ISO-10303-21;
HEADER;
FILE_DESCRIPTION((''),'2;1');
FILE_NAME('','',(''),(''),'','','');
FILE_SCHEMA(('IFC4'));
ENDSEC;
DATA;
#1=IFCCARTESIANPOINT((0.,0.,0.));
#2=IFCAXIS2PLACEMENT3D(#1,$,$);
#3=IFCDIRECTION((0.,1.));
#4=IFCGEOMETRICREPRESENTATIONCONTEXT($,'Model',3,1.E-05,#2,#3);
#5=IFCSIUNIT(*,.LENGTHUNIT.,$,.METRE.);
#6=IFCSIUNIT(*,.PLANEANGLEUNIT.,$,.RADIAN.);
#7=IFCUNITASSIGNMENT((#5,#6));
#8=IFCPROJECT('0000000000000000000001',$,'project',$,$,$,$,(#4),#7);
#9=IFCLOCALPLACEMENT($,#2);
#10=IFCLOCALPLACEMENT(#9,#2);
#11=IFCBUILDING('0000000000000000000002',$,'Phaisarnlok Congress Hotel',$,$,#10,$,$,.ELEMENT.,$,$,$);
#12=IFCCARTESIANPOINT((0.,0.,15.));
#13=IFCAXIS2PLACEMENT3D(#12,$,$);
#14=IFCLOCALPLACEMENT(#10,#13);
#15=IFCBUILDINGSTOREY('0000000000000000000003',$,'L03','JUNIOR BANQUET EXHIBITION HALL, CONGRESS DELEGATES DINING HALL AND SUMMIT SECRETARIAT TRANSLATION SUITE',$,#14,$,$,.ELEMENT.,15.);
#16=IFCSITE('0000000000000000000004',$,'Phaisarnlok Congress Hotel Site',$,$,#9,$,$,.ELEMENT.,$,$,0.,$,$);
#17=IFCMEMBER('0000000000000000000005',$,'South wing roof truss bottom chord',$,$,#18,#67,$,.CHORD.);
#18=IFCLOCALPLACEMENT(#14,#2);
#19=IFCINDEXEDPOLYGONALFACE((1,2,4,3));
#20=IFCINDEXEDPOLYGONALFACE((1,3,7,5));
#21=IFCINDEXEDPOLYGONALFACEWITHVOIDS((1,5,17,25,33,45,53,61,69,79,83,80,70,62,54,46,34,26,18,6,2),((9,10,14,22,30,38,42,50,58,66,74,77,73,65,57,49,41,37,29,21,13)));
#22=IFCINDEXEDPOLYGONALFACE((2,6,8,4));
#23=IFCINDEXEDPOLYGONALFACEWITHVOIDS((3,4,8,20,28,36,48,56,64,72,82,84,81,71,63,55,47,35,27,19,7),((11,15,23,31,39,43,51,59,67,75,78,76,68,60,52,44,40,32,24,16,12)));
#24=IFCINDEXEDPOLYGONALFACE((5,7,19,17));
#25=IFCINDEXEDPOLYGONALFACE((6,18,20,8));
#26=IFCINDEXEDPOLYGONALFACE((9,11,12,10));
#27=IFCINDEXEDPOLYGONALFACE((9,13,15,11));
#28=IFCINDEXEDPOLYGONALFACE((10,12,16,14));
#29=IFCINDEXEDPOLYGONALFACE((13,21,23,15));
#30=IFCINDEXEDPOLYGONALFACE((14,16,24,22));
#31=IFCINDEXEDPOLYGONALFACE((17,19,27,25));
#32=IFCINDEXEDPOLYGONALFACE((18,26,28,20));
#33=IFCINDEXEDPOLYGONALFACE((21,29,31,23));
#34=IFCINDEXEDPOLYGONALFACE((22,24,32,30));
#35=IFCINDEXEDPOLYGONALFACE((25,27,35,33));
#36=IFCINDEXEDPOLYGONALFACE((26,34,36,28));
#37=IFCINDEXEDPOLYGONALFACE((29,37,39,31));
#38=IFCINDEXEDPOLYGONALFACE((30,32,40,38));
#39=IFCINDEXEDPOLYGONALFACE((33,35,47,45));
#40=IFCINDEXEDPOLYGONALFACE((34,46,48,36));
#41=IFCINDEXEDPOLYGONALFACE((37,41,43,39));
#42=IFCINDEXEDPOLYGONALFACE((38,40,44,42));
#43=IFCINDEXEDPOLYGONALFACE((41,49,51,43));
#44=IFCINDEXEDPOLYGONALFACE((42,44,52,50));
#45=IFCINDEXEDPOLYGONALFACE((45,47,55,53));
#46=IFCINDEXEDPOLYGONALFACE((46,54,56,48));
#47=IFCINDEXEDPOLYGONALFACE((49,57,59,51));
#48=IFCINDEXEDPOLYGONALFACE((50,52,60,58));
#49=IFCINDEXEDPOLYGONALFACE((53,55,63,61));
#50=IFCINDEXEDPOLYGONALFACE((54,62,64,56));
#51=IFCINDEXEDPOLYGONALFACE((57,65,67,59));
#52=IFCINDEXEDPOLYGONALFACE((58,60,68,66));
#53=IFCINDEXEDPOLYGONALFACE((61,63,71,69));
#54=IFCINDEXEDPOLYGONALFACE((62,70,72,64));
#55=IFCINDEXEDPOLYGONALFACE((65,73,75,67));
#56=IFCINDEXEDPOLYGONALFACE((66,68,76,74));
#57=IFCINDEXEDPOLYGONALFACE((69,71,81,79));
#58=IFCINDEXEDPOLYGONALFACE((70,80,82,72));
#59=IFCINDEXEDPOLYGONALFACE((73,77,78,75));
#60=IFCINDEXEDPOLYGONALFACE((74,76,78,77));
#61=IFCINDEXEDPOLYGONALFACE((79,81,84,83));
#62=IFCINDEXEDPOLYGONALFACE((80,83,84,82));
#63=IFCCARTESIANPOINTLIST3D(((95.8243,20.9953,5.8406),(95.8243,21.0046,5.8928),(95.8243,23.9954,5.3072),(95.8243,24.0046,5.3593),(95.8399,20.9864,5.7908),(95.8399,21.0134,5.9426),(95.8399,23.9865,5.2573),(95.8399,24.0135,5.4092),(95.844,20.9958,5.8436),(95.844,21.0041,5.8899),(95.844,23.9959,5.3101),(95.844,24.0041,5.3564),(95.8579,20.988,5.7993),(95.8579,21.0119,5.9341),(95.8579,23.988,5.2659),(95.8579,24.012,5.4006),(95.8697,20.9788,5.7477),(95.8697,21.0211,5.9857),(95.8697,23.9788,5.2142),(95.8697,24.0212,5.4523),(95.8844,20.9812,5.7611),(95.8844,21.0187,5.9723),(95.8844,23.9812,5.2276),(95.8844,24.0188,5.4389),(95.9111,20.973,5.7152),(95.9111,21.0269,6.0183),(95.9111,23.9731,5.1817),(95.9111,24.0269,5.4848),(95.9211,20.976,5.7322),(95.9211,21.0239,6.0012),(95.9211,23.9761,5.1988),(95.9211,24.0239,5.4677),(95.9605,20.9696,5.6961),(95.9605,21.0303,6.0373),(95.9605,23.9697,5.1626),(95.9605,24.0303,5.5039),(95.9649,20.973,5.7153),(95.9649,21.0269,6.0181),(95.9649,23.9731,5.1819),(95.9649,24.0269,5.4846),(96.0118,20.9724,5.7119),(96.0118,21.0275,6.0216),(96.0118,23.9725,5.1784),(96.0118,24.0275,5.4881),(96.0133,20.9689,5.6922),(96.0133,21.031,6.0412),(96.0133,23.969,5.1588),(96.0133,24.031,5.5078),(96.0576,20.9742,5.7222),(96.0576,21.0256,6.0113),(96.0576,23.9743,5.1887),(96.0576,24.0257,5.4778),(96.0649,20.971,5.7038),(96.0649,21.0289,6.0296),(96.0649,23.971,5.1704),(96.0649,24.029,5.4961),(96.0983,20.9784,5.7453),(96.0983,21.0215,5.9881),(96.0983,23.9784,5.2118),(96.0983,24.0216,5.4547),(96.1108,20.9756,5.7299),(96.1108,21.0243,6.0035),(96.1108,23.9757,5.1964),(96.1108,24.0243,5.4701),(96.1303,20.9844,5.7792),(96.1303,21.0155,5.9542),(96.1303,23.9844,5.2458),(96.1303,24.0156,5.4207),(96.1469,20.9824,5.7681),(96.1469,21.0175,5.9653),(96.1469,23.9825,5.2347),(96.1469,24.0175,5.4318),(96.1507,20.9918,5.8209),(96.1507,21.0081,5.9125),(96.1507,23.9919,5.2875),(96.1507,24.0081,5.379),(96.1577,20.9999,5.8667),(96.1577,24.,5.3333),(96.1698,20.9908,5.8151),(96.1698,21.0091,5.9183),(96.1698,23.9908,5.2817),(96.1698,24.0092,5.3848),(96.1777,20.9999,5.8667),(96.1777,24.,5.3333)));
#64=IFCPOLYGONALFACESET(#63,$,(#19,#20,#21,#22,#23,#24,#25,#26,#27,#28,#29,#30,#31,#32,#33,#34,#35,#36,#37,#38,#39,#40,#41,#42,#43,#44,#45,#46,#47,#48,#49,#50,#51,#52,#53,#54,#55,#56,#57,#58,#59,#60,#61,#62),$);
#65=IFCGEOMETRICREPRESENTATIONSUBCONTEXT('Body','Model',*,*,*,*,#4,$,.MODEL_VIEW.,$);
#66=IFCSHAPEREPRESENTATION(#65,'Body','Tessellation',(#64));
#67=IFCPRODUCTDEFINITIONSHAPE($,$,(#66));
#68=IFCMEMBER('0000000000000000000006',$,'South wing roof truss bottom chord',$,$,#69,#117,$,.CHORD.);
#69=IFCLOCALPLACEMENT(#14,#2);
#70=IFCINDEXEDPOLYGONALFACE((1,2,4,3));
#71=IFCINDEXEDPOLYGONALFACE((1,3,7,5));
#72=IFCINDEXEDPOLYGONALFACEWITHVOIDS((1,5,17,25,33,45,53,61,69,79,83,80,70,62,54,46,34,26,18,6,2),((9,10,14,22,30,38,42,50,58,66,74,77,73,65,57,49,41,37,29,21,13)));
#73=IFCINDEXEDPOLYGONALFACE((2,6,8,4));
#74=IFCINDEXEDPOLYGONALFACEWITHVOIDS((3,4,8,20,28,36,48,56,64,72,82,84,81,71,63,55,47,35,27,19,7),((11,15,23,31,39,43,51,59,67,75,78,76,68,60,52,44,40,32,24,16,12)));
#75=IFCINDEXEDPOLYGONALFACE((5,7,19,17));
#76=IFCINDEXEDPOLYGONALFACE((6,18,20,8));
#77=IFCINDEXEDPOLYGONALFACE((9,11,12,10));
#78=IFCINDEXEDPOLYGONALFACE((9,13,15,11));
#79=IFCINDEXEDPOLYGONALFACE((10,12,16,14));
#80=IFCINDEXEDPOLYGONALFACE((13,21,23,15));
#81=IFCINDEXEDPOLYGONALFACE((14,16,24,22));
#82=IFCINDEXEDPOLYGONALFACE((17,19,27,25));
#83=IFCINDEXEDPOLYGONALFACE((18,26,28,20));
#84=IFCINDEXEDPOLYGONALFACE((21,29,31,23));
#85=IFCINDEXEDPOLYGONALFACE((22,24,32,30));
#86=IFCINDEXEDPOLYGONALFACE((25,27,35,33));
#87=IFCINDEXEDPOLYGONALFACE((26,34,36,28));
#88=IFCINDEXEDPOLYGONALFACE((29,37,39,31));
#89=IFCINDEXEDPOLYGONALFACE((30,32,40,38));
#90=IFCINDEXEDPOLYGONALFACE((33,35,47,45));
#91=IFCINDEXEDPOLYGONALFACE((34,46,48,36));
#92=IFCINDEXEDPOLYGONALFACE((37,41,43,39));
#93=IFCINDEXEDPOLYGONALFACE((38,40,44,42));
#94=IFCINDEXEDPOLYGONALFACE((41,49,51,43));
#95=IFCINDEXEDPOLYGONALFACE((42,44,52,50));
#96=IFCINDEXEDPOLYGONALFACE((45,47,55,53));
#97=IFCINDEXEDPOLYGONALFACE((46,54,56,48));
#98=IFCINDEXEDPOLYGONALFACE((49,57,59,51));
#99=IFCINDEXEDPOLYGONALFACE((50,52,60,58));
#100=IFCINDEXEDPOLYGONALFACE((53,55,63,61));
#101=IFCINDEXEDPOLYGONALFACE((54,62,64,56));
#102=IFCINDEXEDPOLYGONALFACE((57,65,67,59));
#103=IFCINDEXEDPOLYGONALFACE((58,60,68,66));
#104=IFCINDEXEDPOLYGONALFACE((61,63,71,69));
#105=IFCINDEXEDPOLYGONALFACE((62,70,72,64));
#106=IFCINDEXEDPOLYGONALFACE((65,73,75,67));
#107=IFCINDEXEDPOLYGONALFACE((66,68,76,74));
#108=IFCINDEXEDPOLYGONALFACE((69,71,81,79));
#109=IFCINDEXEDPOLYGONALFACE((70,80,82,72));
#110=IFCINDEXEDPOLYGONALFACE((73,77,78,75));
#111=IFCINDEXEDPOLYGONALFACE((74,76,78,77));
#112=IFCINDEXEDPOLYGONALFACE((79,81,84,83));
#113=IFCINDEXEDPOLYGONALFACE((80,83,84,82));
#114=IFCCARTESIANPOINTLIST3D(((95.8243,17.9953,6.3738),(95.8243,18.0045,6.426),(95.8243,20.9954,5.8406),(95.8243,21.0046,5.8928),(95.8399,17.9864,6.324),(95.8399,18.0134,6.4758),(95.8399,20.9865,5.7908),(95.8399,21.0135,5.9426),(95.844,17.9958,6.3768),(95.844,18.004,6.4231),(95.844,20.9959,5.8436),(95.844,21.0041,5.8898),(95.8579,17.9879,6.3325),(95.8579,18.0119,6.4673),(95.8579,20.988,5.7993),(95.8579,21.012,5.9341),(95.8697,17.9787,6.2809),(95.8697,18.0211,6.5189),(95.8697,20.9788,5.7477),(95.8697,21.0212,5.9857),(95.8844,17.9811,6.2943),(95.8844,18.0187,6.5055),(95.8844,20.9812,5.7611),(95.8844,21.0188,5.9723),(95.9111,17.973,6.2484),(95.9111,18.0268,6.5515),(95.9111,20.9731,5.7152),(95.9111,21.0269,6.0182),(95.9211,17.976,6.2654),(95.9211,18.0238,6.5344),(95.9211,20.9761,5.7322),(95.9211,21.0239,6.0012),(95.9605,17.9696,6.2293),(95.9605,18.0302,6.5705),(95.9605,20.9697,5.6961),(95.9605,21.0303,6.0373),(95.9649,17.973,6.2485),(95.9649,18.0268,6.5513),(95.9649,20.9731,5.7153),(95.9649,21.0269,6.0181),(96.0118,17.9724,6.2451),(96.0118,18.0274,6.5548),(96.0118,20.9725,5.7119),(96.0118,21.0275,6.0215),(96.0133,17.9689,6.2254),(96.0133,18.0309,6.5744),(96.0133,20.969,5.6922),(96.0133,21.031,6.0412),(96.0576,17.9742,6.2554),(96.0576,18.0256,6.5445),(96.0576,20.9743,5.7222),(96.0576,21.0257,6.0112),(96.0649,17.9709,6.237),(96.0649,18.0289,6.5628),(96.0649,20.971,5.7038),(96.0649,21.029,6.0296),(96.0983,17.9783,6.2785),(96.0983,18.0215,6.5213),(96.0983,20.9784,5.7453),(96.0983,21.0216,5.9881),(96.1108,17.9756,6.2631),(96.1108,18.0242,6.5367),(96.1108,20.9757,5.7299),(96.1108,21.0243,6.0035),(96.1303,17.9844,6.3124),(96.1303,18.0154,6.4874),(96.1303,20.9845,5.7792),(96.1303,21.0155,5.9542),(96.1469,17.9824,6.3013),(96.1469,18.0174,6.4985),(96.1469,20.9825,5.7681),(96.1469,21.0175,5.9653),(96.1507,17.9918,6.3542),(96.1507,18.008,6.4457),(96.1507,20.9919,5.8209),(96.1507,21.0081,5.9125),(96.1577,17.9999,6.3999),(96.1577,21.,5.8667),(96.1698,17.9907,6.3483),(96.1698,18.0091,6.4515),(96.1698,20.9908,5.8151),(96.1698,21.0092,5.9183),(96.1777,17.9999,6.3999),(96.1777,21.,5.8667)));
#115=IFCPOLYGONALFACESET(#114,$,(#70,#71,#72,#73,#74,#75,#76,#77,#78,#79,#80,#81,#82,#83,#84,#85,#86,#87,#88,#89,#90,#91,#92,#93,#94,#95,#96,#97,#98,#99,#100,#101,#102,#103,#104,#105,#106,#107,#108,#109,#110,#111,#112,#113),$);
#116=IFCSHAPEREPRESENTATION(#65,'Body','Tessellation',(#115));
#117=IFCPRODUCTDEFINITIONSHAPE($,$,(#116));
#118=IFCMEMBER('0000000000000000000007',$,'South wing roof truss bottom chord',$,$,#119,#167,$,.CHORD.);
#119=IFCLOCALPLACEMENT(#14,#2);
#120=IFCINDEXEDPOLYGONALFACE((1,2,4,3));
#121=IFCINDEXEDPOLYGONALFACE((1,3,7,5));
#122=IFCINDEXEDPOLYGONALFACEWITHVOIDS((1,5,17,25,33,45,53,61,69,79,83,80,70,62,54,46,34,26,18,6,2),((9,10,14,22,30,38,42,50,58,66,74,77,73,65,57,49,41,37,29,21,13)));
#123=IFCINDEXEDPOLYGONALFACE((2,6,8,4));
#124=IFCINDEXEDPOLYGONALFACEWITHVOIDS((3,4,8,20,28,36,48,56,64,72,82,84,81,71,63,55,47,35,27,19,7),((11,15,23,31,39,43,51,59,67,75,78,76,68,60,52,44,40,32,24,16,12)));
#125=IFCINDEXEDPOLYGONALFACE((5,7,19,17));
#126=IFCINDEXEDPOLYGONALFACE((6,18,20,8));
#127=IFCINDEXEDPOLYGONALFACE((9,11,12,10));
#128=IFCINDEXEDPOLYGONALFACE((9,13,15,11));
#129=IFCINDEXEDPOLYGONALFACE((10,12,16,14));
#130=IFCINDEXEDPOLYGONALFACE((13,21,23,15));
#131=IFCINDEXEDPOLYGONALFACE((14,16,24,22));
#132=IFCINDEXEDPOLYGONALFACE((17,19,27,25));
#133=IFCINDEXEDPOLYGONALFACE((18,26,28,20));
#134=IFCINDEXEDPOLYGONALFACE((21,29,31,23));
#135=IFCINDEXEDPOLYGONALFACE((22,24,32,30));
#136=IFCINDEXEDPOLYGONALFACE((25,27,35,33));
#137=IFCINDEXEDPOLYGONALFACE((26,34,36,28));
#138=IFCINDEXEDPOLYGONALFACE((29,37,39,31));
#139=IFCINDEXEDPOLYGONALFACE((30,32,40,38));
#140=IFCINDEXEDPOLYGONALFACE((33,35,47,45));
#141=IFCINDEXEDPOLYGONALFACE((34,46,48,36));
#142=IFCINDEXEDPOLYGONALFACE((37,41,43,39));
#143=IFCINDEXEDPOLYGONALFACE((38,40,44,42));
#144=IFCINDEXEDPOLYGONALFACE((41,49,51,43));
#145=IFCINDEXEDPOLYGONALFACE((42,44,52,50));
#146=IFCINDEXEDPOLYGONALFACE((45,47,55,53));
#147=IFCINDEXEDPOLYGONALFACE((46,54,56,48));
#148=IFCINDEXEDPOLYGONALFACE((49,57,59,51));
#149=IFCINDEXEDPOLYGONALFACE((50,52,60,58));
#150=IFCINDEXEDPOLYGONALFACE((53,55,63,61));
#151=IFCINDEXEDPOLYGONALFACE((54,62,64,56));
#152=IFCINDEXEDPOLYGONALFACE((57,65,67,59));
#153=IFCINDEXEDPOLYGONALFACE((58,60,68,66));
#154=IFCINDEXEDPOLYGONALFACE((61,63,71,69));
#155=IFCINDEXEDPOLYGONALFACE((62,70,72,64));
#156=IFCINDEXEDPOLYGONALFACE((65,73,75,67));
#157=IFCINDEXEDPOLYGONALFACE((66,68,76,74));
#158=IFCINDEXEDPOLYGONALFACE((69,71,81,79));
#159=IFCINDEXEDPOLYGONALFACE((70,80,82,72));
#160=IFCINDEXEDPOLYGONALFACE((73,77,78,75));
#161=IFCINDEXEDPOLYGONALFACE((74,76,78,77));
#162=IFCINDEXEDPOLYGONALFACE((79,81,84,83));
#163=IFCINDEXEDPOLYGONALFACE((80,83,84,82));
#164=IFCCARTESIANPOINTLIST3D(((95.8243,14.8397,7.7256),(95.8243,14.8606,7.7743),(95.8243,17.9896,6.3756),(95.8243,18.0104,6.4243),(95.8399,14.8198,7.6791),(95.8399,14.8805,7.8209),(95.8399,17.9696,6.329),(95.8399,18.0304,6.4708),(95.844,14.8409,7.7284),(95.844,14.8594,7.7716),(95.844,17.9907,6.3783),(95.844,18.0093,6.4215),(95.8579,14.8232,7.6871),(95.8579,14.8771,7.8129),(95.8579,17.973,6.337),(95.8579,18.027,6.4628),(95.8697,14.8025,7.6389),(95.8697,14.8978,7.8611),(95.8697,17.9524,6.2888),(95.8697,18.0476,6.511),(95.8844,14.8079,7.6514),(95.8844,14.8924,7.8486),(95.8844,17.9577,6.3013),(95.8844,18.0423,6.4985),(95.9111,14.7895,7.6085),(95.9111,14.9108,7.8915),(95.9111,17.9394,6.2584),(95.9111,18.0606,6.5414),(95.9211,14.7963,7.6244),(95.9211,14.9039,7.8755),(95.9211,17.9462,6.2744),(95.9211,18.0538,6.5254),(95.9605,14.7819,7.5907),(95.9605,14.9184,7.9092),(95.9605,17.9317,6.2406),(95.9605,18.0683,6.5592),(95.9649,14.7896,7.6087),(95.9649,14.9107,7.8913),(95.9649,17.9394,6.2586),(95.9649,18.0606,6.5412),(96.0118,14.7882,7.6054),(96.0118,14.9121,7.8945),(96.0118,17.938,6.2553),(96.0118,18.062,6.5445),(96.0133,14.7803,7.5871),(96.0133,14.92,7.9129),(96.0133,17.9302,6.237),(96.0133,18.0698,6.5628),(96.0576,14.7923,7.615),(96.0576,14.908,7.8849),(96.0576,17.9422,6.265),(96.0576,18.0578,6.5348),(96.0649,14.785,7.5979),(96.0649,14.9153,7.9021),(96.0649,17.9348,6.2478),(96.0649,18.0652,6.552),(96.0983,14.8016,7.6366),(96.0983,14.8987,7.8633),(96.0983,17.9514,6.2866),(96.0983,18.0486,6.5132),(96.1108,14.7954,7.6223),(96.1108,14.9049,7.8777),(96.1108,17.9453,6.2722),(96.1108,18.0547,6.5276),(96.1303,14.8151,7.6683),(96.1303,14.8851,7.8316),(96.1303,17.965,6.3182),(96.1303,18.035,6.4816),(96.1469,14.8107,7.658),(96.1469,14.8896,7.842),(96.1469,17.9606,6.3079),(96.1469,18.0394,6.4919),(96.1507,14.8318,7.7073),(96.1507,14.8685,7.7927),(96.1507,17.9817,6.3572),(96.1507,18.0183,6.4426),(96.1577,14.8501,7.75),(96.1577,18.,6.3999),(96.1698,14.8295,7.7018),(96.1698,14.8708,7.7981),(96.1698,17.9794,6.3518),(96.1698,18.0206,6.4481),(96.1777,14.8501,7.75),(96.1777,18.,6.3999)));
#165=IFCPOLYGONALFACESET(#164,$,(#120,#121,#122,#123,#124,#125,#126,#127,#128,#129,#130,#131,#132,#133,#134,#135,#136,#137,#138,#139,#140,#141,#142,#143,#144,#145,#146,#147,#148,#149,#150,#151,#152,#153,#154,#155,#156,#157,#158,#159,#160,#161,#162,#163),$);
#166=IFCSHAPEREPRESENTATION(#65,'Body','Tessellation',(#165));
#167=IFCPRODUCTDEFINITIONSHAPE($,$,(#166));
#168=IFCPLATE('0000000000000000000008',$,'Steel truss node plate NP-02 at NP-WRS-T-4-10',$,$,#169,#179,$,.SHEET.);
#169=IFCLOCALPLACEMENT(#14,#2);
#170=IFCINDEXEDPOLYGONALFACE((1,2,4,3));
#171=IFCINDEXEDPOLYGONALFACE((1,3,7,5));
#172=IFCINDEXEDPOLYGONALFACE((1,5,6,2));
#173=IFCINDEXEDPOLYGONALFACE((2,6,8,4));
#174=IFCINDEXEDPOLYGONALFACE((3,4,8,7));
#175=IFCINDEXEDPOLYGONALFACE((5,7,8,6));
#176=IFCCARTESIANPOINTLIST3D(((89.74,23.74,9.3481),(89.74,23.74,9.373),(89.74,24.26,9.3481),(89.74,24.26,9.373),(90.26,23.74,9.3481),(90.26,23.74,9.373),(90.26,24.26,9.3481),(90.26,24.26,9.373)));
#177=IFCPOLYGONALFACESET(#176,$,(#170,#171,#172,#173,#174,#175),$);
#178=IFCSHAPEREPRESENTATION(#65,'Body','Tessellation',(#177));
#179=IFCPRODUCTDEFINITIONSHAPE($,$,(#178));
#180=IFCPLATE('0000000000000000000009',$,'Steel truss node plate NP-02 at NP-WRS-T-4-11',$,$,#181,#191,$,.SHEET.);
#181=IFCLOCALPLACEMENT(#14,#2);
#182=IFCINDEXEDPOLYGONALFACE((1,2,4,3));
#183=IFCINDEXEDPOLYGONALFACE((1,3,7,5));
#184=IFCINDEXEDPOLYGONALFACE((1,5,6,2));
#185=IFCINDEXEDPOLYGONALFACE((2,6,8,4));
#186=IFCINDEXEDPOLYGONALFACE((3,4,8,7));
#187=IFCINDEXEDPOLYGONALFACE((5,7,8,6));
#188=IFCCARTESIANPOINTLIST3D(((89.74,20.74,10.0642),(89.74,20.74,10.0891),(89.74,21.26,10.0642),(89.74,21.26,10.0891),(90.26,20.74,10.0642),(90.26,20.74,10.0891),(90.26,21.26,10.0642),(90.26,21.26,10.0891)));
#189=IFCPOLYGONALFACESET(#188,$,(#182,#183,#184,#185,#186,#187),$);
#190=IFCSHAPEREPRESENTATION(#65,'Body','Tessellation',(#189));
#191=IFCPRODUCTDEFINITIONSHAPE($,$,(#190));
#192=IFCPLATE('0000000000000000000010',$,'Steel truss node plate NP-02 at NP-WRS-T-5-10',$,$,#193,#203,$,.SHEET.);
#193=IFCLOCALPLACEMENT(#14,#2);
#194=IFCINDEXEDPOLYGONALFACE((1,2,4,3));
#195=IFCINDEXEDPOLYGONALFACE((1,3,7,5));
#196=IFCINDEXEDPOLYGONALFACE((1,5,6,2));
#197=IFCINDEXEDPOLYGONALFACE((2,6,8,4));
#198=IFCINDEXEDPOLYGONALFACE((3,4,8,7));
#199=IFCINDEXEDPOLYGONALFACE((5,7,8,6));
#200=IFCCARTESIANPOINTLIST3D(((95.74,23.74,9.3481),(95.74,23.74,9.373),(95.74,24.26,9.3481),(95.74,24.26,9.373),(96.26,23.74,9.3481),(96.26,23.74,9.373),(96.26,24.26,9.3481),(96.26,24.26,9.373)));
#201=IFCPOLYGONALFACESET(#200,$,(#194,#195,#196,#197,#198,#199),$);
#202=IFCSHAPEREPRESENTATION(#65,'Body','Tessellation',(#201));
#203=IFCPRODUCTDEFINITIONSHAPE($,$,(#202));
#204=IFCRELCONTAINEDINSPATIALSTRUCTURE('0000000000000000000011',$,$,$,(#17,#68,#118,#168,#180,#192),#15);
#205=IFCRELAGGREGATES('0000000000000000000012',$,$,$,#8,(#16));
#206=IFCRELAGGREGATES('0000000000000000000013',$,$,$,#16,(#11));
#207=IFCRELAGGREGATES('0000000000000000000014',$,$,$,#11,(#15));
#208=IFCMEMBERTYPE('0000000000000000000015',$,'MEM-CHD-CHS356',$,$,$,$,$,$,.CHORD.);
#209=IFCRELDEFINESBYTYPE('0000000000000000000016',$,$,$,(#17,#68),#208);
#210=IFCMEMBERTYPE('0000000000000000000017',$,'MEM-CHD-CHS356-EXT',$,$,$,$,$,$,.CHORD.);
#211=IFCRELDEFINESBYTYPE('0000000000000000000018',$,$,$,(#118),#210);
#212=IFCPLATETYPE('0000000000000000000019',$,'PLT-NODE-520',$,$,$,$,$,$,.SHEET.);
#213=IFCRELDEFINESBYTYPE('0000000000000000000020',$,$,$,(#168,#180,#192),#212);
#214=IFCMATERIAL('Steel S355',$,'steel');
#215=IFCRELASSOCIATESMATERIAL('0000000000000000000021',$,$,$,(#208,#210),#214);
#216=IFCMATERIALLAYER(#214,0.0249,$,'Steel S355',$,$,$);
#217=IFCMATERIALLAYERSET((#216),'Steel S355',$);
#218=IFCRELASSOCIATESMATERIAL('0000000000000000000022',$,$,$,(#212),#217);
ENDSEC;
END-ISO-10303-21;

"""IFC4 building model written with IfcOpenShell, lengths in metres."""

from ifc_helpers import new_model, si_unit, direction, frame, origin, origin_2d, place, context, subcontext, project, spatial, rectangle, hollow_circle, extrude, material, layer, layer_set, material_profile, profile_set, type_object, element, save


model = new_model("IFC4")

# Units and contexts
model_context = context("Model", 3, precision=1e-05, world=origin(), true_north=direction((0.0, 1.0)))
body_context = subcontext(model_context, "Body", "Model", "MODEL_VIEW")
ifc_project = project(units=[si_unit("LENGTHUNIT", "METRE"), si_unit("PLANEANGLEUNIT", "RADIAN")], contexts=[model_context])

# Site, building, storey
site_placement = place(None, origin())
site = spatial("IfcSite", under=ifc_project, at=site_placement, Name="Phaisarnlok Congress Hotel Site", CompositionType="ELEMENT", RefElevation=0.0)
building_placement = place(site_placement, origin())
building = spatial("IfcBuilding", under=site, at=building_placement, Name="Phaisarnlok Congress Hotel", CompositionType="ELEMENT")
storey_placement = place(building_placement, frame((0.0, 0.0, 15.0)))
storey = spatial("IfcBuildingStorey", under=building, at=storey_placement, Name="L03", Description="JUNIOR BANQUET EXHIBITION HALL, CONGRESS DELEGATES DINING HALL AND SUMMIT SECRETARIAT TRANSLATION SUITE", CompositionType="ELEMENT", Elevation=15.0)

# Shared definitions
ifc_material_1 = material(Name="Steel S355", Category="steel")

# Members
ifc_material_profile_1 = material_profile(ifc_material_1, hollow_circle(Radius=0.1777, WallThickness=0.02, at=origin_2d()), Name="CHS 355.6x20")
ifc_profile_set_1 = profile_set([ifc_material_profile_1], Name="Steel S355")
member_type_1 = type_object("IfcMemberType", Name="MEM-CHD-CHS356", PredefinedType="CHORD", material=ifc_profile_set_1)
for number, where, z_axis, x_axis, name in (
    (1, (96.0, 24.0, 5.3333), (0.0, -0.984556, 0.17507), (1.0, 0.0, 0.0), "South wing roof truss bottom chord"),
    (2, (96.0, 21.0, 5.8667), (0.0, -0.98457, 0.174992), (1.0, 0.0, 0.0), "South wing roof truss bottom chord"),
):
    element("IfcMember", number, at=place(storey_placement, frame(where, z_axis=z_axis, x_axis=x_axis)), inside=storey, type_object=member_type_1, Name=name, PredefinedType="CHORD", context=body_context, shape_type="SweptSolid", body=[
        extrude(hollow_circle(Radius=0.1777, WallThickness=0.02, at=origin_2d()), origin(), (0.0, 0.0, 1.0), 3.0471),
    ])
ifc_material_profile_2 = material_profile(ifc_material_1, hollow_circle(Radius=0.1777, WallThickness=0.02, at=origin_2d()), Name="CHS 355.6x20")
ifc_profile_set_2 = profile_set([ifc_material_profile_2], Name="Steel S355")
member_type_2 = type_object("IfcMemberType", Name="MEM-CHD-CHS356-EXT", PredefinedType="CHORD", material=ifc_profile_set_2)
member_1_placement = place(storey_placement, frame((96.0, 18.0, 6.3999), z_axis=(0.0, -0.91913, 0.393954), x_axis=(1.0, 0.0, 0.0)))
element("IfcMember", 3, at=member_1_placement, inside=storey, type_object=member_type_2, Name="South wing roof truss bottom chord", PredefinedType="CHORD", context=body_context, shape_type="SweptSolid", body=[
    extrude(hollow_circle(Radius=0.1777, WallThickness=0.02, at=origin_2d()), origin(), (0.0, 0.0, 1.0), 3.427),
])

# Plates
ifc_layer_1 = layer(ifc_material_1, 0.0249, Name="Steel S355")
ifc_layer_set_1 = layer_set([ifc_layer_1], Name="Steel S355")
plate_type_1 = type_object("IfcPlateType", Name="PLT-NODE-520", PredefinedType="SHEET", material=ifc_layer_set_1)
for number, where, z_axis, x_axis, name in (
    (4, (90.0, 24.0, 9.3481), (0.0, 0.0, 1.0), (1.0, 0.0, 0.0), "Steel truss node plate NP-02 at NP-WRS-T-4-10"),
    (5, (90.0, 21.0, 10.0642), (0.0, 0.0, 1.0), (1.0, 0.0, 0.0), "Steel truss node plate NP-02 at NP-WRS-T-4-11"),
    (6, (96.0, 24.0, 9.3481), (0.0, 0.0, 1.0), (1.0, 0.0, 0.0), "Steel truss node plate NP-02 at NP-WRS-T-5-10"),
):
    element("IfcPlate", number, at=place(storey_placement, frame(where, z_axis=z_axis, x_axis=x_axis)), inside=storey, type_object=plate_type_1, Name=name, PredefinedType="SHEET", context=body_context, shape_type="SweptSolid", body=[
        extrude(rectangle(XDim=0.52, YDim=0.52, at=origin_2d()), origin(), (0.0, 0.0, 1.0), 0.0249),
    ])

save(model, "model.ifc")
